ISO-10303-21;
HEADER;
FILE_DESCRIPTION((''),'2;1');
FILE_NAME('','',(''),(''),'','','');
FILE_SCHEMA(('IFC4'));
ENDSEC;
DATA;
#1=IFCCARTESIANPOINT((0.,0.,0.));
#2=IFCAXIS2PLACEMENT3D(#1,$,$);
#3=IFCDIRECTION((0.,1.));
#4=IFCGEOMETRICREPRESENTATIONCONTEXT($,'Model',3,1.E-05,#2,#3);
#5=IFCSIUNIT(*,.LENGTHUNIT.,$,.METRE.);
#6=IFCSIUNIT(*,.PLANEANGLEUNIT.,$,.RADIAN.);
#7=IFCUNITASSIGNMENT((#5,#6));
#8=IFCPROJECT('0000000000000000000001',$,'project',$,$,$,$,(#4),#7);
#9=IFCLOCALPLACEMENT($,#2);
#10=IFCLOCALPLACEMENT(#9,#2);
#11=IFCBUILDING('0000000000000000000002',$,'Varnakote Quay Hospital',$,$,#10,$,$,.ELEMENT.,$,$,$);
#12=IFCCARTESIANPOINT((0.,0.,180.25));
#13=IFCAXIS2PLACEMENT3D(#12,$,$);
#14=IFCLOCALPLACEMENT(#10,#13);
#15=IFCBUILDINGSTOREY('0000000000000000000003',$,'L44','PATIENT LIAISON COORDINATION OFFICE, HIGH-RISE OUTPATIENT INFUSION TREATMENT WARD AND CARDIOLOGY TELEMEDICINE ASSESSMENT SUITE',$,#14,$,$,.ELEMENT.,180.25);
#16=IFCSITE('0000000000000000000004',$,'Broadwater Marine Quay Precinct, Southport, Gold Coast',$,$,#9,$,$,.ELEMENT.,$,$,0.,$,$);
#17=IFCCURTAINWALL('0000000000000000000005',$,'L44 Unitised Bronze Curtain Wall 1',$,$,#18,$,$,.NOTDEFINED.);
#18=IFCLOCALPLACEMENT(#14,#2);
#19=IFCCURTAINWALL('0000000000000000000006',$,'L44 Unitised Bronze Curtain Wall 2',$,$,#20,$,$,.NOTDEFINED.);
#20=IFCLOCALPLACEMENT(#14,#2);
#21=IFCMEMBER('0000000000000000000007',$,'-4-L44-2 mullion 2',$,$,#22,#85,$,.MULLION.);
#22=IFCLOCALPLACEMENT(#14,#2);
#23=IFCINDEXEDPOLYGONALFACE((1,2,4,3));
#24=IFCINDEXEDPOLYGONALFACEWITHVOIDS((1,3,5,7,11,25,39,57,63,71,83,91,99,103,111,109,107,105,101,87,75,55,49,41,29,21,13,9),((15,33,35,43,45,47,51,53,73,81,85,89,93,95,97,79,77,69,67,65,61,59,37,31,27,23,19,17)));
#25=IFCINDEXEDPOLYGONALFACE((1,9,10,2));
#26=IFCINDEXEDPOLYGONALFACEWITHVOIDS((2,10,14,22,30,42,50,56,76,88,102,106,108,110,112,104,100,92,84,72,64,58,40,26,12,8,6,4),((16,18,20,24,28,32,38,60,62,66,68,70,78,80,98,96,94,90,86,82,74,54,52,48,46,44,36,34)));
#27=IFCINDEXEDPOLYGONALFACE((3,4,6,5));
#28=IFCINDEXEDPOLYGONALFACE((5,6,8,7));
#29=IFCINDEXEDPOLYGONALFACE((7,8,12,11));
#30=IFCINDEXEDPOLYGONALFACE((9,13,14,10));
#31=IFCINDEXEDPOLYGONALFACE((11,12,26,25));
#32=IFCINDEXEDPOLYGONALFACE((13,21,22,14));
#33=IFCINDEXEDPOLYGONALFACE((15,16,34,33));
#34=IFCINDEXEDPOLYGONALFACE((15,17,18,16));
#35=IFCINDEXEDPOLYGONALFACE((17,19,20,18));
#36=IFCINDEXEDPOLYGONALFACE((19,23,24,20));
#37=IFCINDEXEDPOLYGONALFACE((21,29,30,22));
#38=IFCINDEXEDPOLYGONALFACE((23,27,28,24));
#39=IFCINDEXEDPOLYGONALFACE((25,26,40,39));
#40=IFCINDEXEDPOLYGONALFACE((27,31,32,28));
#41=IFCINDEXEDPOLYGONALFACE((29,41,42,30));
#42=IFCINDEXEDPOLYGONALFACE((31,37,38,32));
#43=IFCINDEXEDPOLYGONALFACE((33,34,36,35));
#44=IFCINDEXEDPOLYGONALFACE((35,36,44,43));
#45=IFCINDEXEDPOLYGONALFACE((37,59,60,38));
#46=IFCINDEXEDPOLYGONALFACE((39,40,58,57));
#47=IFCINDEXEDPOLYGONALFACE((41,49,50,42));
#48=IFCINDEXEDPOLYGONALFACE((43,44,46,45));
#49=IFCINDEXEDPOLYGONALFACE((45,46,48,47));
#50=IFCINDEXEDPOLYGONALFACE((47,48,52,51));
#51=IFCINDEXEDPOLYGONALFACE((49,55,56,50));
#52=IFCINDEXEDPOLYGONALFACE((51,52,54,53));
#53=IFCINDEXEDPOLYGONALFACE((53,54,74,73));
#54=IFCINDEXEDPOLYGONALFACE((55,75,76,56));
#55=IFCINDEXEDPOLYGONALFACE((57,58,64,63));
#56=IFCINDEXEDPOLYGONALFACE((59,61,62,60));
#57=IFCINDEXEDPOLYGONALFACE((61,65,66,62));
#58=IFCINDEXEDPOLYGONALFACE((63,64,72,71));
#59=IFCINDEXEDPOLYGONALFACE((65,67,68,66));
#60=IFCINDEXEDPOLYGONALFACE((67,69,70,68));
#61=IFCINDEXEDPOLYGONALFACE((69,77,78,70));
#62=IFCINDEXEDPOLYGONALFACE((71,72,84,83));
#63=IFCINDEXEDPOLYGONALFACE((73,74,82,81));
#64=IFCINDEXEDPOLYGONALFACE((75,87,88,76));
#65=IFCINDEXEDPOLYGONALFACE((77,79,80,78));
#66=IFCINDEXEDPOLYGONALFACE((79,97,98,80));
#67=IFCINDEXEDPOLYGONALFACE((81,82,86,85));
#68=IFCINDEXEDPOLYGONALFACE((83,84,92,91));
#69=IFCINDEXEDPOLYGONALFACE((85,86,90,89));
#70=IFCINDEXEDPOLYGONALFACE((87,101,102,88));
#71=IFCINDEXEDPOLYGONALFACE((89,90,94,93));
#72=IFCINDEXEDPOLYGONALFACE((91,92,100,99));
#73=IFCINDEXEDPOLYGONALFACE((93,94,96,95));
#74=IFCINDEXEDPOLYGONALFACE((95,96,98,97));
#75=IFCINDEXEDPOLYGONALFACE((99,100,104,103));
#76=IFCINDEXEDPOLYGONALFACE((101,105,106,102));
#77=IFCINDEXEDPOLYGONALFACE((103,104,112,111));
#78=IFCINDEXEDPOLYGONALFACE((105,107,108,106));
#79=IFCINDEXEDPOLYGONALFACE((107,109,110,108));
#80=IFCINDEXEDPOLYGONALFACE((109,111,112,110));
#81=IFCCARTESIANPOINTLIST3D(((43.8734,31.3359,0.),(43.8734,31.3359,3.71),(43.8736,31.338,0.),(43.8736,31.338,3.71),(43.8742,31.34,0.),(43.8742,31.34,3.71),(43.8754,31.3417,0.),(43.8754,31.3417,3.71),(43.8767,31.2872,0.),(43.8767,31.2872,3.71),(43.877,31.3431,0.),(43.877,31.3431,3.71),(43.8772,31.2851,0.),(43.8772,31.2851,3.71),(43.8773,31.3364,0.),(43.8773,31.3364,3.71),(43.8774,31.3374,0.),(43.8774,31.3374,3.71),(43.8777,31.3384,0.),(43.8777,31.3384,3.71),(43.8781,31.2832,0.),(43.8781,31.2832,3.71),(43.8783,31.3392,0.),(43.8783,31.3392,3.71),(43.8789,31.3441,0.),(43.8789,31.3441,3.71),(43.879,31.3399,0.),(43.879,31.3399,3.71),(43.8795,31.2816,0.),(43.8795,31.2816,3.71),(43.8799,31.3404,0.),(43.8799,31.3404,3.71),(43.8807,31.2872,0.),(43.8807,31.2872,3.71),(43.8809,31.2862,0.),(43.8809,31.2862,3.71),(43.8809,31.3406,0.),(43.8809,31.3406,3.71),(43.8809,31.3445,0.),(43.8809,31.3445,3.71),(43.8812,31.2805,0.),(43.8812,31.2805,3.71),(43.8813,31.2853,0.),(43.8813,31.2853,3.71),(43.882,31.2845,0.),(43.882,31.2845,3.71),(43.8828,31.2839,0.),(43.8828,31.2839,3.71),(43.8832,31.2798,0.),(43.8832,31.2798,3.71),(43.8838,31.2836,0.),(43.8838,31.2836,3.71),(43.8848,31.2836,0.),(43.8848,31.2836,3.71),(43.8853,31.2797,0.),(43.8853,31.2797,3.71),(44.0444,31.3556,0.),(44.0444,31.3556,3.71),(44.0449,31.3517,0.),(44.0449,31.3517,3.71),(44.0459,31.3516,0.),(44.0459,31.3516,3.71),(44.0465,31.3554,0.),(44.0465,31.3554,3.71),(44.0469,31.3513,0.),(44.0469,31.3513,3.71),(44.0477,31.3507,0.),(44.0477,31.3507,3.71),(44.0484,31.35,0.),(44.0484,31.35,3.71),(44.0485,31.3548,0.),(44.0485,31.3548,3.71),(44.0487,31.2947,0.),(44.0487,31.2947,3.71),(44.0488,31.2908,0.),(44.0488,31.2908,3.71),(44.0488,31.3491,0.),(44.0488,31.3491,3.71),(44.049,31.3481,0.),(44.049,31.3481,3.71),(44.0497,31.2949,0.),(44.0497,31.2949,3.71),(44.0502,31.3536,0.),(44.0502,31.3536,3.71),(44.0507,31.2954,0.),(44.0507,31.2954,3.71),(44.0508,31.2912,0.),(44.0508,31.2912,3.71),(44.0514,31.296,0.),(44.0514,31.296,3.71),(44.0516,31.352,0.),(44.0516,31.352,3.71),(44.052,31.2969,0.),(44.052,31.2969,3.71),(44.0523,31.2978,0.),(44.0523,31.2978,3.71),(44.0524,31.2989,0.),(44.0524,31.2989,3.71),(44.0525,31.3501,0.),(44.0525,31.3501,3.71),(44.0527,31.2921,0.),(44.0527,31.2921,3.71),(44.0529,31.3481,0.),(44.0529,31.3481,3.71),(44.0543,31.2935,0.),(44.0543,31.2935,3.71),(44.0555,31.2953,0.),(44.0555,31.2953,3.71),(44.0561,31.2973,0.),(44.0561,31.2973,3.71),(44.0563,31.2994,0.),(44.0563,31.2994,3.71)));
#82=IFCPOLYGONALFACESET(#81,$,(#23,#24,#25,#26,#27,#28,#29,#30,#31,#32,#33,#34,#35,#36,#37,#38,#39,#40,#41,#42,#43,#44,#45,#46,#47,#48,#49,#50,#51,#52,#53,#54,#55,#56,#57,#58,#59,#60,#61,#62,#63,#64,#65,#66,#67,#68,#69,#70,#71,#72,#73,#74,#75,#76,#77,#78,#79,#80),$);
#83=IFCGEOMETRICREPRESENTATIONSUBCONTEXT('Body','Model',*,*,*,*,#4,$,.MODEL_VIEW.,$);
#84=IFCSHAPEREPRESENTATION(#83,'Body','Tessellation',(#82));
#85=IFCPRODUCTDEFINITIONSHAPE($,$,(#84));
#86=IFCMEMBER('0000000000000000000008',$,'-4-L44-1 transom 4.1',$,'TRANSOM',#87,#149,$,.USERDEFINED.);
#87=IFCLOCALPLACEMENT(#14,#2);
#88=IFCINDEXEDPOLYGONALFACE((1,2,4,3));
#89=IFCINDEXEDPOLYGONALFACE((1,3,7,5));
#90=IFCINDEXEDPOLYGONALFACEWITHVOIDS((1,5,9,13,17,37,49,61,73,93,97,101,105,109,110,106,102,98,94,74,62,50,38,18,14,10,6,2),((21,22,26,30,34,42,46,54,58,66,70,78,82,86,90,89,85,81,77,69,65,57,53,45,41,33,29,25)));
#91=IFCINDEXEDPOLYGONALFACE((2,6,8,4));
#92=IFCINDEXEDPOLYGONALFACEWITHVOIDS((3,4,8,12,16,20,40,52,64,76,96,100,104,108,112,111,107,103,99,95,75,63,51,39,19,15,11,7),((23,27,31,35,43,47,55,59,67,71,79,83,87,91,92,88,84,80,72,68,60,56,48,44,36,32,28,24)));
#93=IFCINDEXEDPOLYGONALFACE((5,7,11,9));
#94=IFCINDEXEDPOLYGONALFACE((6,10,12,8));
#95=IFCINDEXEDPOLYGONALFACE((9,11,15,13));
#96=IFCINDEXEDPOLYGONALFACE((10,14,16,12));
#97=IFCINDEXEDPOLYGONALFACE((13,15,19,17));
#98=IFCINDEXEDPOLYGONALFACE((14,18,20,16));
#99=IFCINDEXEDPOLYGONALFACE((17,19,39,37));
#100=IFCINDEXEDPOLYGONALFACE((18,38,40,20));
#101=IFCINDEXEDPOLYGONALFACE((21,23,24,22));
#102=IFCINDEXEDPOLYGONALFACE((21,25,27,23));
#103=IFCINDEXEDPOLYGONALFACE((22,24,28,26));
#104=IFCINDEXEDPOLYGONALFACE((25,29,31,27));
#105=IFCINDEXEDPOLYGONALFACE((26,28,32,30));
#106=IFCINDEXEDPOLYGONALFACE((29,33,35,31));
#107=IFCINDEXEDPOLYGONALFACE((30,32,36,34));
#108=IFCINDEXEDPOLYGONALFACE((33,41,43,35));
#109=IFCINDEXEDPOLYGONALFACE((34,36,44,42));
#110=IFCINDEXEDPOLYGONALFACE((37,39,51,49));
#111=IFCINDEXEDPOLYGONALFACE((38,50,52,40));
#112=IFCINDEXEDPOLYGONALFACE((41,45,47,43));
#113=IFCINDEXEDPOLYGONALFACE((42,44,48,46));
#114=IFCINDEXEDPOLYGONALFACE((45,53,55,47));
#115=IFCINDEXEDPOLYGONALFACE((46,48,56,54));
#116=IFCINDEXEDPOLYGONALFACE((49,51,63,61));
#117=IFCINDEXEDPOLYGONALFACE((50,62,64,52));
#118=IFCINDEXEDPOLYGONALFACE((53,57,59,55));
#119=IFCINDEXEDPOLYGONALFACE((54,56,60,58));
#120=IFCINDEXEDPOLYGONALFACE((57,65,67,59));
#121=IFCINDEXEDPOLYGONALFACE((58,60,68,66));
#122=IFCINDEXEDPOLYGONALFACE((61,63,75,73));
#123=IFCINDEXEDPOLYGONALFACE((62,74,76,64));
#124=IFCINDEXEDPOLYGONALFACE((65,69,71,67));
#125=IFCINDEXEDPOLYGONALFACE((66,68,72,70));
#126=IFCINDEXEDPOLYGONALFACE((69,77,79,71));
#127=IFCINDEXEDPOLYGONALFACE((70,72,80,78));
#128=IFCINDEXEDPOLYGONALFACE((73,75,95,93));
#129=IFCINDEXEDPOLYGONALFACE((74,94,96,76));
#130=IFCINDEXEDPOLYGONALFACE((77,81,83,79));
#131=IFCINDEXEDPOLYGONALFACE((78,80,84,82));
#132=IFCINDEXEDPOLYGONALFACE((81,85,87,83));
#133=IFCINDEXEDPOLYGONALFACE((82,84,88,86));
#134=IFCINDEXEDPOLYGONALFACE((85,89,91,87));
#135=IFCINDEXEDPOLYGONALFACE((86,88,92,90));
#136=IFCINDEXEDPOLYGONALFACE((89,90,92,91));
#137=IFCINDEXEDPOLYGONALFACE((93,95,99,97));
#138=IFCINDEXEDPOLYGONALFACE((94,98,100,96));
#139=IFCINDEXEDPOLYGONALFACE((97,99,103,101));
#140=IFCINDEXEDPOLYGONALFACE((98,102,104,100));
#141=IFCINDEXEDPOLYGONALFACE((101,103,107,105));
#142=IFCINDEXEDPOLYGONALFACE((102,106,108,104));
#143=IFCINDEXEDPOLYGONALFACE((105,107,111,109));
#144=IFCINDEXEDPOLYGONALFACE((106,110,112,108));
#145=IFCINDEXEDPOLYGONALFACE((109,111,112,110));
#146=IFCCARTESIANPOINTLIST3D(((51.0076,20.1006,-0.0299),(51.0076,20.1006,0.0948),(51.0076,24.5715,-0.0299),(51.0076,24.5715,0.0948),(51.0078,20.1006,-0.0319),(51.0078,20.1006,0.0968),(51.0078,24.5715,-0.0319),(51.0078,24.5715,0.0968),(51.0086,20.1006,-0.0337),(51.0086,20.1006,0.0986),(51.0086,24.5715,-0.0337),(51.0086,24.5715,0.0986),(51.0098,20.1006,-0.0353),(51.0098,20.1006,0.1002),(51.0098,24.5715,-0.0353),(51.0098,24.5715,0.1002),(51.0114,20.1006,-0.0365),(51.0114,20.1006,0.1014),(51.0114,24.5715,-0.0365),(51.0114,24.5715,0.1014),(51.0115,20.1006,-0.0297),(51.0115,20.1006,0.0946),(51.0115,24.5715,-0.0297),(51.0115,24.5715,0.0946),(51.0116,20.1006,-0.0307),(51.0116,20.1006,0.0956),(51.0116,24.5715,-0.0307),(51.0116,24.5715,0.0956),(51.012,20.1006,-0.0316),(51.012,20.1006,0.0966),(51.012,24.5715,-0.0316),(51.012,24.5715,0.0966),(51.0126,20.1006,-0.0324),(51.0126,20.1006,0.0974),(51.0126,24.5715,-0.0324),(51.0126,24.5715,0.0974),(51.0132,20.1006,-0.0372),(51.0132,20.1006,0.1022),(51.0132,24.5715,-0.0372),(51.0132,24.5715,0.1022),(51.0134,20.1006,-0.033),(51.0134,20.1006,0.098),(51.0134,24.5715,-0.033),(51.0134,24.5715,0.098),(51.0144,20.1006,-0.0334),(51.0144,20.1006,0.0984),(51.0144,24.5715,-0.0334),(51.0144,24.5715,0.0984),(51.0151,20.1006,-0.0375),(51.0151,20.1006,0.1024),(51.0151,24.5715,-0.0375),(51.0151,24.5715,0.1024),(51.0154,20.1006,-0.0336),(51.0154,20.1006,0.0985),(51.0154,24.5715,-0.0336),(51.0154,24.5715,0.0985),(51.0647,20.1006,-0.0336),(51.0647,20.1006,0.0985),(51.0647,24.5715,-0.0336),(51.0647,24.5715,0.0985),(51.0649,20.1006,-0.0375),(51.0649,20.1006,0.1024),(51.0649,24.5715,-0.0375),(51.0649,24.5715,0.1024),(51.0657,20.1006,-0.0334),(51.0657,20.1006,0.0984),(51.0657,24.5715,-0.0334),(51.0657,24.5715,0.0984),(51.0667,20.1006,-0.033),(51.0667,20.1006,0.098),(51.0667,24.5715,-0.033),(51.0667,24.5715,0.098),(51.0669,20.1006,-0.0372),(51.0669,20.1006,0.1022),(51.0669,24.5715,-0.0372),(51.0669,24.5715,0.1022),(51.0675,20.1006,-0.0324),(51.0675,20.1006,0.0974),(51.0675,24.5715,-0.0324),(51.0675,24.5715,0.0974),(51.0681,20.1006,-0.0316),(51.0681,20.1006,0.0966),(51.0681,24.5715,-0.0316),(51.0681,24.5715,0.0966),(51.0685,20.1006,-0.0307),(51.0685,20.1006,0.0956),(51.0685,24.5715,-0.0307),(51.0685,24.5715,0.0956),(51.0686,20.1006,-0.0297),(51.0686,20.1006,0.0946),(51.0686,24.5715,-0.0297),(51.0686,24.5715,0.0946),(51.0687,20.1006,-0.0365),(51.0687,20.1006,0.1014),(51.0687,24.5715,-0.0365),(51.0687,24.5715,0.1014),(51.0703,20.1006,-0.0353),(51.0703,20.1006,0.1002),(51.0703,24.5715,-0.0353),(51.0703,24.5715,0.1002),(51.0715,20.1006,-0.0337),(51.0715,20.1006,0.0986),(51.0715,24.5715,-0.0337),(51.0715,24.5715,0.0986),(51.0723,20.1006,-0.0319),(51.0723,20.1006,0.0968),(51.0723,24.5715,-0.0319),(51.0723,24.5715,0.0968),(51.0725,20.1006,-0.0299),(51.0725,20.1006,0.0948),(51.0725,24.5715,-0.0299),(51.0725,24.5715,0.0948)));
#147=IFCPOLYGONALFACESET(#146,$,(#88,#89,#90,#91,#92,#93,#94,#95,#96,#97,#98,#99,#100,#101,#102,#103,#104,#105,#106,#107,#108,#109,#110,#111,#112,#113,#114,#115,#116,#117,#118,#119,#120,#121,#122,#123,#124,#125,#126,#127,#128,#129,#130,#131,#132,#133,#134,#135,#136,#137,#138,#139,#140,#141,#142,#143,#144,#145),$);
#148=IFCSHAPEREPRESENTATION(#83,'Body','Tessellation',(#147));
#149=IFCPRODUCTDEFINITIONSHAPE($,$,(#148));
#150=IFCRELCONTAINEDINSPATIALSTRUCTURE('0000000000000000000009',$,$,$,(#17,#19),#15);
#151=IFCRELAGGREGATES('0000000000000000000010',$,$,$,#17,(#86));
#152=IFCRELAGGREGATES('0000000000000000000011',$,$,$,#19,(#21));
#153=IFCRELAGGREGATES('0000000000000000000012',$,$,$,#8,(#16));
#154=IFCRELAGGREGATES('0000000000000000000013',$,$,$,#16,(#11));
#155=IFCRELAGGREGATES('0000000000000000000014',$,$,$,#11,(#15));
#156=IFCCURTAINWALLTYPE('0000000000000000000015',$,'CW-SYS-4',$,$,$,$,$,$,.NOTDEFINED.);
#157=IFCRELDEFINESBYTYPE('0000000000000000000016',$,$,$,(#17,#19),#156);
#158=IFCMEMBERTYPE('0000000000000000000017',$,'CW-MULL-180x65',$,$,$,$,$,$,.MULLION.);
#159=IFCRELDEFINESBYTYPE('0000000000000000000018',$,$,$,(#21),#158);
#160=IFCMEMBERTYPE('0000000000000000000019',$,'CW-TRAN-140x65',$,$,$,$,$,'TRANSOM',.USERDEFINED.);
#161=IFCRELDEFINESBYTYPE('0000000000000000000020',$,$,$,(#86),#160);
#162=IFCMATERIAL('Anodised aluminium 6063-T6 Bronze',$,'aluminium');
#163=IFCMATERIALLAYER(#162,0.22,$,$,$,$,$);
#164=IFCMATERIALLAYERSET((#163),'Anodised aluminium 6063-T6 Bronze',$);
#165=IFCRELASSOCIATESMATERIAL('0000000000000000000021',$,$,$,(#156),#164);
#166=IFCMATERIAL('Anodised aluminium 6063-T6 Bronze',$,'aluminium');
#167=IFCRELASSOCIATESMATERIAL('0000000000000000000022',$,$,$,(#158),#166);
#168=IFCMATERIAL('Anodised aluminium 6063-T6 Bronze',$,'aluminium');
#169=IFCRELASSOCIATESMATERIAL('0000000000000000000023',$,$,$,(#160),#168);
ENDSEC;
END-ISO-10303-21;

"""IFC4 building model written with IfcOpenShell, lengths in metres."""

from ifc_helpers import new_model, si_unit, direction, frame, origin, origin_2d, place, context, subcontext, project, spatial, hollow_rectangle, extrude, material, layer, layer_set, material_profile, profile_set, type_object, element, aggregate, save


model = new_model("IFC4")

# Units and contexts
model_context = context("Model", 3, precision=1e-05, world=origin(), true_north=direction((0.0, 1.0)))
body_context = subcontext(model_context, "Body", "Model", "MODEL_VIEW")
ifc_project = project(units=[si_unit("LENGTHUNIT", "METRE"), si_unit("PLANEANGLEUNIT", "RADIAN")], contexts=[model_context])

# Site, building, storey
site_placement = place(None, origin())
site = spatial("IfcSite", under=ifc_project, at=site_placement, Name="Broadwater Marine Quay Precinct, Southport, Gold Coast", CompositionType="ELEMENT", RefElevation=0.0)
building_placement = place(site_placement, origin())
building = spatial("IfcBuilding", under=site, at=building_placement, Name="Varnakote Quay Hospital", CompositionType="ELEMENT")
storey_placement = place(building_placement, frame((0.0, 0.0, 180.25)))
storey = spatial("IfcBuildingStorey", under=building, at=storey_placement, Name="L44", Description="PATIENT LIAISON COORDINATION OFFICE, HIGH-RISE OUTPATIENT INFUSION TREATMENT WARD AND CARDIOLOGY TELEMEDICINE ASSESSMENT SUITE", CompositionType="ELEMENT", Elevation=180.25)

# Curtain walls, member
ifc_material_1 = material(Name="Anodised aluminium 6063-T6 Bronze", Category="aluminium")
ifc_layer_1 = layer(ifc_material_1, 0.22)
ifc_layer_set_1 = layer_set([ifc_layer_1], Name="Anodised aluminium 6063-T6 Bronze")
curtain_wall_type = type_object("IfcCurtainWallType", Name="CW-SYS-4", PredefinedType="NOTDEFINED", material=ifc_layer_set_1)
curtain_wall_1_placement = place(storey_placement, origin())
curtain_wall_1 = element("IfcCurtainWall", 1, at=curtain_wall_1_placement, inside=storey, type_object=curtain_wall_type, Name="L44 Unitised Bronze Curtain Wall 1", PredefinedType="NOTDEFINED")
ifc_material_2 = material(Name="Anodised aluminium 6063-T6 Bronze", Category="aluminium")
ifc_material_profile_1 = material_profile(ifc_material_2, hollow_rectangle(XDim=0.0649, YDim=0.1799, WallThickness=0.0039, InnerFilletRadius=0.0039, OuterFilletRadius=0.0081, at=origin_2d()), Name="CW-MULL-180x65")
ifc_profile_set_1 = profile_set([ifc_material_profile_1], Name="Anodised aluminium 6063-T6 Bronze")
member_type_1 = type_object("IfcMemberType", Name="CW-MULL-180x65", PredefinedType="MULLION", material=ifc_profile_set_1)
curtain_wall_2_placement = place(storey_placement, origin())
curtain_wall_2 = element("IfcCurtainWall", 2, at=curtain_wall_2_placement, inside=storey, type_object=curtain_wall_type, Name="L44 Unitised Bronze Curtain Wall 2", PredefinedType="NOTDEFINED")
member_1_placement = place(storey_placement, frame((43.9648, 31.3176, 0.0), z_axis=(0.0, 0.0, 1.0), x_axis=(0.067842, -0.997696, 0.0)))
member_1 = element("IfcMember", 3, at=member_1_placement, type_object=member_type_1, Name="-4-L44-2 mullion 2", PredefinedType="MULLION", context=body_context, shape_type="SweptSolid", body=[
    extrude(hollow_rectangle(XDim=0.0649, YDim=0.1799, WallThickness=0.0039, InnerFilletRadius=0.0039, OuterFilletRadius=0.0081, at=origin_2d()), origin(), (0.0, 0.0, 1.0), 3.71),
])

# Member
ifc_material_3 = material(Name="Anodised aluminium 6063-T6 Bronze", Category="aluminium")
ifc_material_profile_2 = material_profile(ifc_material_3, hollow_rectangle(XDim=0.0649, YDim=0.1399, WallThickness=0.0039, InnerFilletRadius=0.0039, OuterFilletRadius=0.0076, at=origin_2d()), Name="CW-TRAN-140x65")
ifc_profile_set_2 = profile_set([ifc_material_profile_2], Name="Anodised aluminium 6063-T6 Bronze")
member_type_2 = type_object("IfcMemberType", Name="CW-TRAN-140x65", ElementType="TRANSOM", PredefinedType="USERDEFINED", material=ifc_profile_set_2)
member_2_placement = place(storey_placement, frame((51.04, 20.1006, 0.0325), z_axis=(0.0, 1.0, 0.0), x_axis=(-1.0, 0.0, 0.0)))
member_2 = element("IfcMember", 4, at=member_2_placement, type_object=member_type_2, Name="-4-L44-1 transom 4.1", ObjectType="TRANSOM", PredefinedType="USERDEFINED", context=body_context, shape_type="SweptSolid", body=[
    extrude(hollow_rectangle(XDim=0.0649, YDim=0.1399, WallThickness=0.0039, InnerFilletRadius=0.0039, OuterFilletRadius=0.0076, at=origin_2d()), origin(), (0.0, 0.0, 1.0), 4.4709),
])

aggregate(curtain_wall_1, [member_2])
aggregate(curtain_wall_2, [member_1])

save(model, "model.ifc")
